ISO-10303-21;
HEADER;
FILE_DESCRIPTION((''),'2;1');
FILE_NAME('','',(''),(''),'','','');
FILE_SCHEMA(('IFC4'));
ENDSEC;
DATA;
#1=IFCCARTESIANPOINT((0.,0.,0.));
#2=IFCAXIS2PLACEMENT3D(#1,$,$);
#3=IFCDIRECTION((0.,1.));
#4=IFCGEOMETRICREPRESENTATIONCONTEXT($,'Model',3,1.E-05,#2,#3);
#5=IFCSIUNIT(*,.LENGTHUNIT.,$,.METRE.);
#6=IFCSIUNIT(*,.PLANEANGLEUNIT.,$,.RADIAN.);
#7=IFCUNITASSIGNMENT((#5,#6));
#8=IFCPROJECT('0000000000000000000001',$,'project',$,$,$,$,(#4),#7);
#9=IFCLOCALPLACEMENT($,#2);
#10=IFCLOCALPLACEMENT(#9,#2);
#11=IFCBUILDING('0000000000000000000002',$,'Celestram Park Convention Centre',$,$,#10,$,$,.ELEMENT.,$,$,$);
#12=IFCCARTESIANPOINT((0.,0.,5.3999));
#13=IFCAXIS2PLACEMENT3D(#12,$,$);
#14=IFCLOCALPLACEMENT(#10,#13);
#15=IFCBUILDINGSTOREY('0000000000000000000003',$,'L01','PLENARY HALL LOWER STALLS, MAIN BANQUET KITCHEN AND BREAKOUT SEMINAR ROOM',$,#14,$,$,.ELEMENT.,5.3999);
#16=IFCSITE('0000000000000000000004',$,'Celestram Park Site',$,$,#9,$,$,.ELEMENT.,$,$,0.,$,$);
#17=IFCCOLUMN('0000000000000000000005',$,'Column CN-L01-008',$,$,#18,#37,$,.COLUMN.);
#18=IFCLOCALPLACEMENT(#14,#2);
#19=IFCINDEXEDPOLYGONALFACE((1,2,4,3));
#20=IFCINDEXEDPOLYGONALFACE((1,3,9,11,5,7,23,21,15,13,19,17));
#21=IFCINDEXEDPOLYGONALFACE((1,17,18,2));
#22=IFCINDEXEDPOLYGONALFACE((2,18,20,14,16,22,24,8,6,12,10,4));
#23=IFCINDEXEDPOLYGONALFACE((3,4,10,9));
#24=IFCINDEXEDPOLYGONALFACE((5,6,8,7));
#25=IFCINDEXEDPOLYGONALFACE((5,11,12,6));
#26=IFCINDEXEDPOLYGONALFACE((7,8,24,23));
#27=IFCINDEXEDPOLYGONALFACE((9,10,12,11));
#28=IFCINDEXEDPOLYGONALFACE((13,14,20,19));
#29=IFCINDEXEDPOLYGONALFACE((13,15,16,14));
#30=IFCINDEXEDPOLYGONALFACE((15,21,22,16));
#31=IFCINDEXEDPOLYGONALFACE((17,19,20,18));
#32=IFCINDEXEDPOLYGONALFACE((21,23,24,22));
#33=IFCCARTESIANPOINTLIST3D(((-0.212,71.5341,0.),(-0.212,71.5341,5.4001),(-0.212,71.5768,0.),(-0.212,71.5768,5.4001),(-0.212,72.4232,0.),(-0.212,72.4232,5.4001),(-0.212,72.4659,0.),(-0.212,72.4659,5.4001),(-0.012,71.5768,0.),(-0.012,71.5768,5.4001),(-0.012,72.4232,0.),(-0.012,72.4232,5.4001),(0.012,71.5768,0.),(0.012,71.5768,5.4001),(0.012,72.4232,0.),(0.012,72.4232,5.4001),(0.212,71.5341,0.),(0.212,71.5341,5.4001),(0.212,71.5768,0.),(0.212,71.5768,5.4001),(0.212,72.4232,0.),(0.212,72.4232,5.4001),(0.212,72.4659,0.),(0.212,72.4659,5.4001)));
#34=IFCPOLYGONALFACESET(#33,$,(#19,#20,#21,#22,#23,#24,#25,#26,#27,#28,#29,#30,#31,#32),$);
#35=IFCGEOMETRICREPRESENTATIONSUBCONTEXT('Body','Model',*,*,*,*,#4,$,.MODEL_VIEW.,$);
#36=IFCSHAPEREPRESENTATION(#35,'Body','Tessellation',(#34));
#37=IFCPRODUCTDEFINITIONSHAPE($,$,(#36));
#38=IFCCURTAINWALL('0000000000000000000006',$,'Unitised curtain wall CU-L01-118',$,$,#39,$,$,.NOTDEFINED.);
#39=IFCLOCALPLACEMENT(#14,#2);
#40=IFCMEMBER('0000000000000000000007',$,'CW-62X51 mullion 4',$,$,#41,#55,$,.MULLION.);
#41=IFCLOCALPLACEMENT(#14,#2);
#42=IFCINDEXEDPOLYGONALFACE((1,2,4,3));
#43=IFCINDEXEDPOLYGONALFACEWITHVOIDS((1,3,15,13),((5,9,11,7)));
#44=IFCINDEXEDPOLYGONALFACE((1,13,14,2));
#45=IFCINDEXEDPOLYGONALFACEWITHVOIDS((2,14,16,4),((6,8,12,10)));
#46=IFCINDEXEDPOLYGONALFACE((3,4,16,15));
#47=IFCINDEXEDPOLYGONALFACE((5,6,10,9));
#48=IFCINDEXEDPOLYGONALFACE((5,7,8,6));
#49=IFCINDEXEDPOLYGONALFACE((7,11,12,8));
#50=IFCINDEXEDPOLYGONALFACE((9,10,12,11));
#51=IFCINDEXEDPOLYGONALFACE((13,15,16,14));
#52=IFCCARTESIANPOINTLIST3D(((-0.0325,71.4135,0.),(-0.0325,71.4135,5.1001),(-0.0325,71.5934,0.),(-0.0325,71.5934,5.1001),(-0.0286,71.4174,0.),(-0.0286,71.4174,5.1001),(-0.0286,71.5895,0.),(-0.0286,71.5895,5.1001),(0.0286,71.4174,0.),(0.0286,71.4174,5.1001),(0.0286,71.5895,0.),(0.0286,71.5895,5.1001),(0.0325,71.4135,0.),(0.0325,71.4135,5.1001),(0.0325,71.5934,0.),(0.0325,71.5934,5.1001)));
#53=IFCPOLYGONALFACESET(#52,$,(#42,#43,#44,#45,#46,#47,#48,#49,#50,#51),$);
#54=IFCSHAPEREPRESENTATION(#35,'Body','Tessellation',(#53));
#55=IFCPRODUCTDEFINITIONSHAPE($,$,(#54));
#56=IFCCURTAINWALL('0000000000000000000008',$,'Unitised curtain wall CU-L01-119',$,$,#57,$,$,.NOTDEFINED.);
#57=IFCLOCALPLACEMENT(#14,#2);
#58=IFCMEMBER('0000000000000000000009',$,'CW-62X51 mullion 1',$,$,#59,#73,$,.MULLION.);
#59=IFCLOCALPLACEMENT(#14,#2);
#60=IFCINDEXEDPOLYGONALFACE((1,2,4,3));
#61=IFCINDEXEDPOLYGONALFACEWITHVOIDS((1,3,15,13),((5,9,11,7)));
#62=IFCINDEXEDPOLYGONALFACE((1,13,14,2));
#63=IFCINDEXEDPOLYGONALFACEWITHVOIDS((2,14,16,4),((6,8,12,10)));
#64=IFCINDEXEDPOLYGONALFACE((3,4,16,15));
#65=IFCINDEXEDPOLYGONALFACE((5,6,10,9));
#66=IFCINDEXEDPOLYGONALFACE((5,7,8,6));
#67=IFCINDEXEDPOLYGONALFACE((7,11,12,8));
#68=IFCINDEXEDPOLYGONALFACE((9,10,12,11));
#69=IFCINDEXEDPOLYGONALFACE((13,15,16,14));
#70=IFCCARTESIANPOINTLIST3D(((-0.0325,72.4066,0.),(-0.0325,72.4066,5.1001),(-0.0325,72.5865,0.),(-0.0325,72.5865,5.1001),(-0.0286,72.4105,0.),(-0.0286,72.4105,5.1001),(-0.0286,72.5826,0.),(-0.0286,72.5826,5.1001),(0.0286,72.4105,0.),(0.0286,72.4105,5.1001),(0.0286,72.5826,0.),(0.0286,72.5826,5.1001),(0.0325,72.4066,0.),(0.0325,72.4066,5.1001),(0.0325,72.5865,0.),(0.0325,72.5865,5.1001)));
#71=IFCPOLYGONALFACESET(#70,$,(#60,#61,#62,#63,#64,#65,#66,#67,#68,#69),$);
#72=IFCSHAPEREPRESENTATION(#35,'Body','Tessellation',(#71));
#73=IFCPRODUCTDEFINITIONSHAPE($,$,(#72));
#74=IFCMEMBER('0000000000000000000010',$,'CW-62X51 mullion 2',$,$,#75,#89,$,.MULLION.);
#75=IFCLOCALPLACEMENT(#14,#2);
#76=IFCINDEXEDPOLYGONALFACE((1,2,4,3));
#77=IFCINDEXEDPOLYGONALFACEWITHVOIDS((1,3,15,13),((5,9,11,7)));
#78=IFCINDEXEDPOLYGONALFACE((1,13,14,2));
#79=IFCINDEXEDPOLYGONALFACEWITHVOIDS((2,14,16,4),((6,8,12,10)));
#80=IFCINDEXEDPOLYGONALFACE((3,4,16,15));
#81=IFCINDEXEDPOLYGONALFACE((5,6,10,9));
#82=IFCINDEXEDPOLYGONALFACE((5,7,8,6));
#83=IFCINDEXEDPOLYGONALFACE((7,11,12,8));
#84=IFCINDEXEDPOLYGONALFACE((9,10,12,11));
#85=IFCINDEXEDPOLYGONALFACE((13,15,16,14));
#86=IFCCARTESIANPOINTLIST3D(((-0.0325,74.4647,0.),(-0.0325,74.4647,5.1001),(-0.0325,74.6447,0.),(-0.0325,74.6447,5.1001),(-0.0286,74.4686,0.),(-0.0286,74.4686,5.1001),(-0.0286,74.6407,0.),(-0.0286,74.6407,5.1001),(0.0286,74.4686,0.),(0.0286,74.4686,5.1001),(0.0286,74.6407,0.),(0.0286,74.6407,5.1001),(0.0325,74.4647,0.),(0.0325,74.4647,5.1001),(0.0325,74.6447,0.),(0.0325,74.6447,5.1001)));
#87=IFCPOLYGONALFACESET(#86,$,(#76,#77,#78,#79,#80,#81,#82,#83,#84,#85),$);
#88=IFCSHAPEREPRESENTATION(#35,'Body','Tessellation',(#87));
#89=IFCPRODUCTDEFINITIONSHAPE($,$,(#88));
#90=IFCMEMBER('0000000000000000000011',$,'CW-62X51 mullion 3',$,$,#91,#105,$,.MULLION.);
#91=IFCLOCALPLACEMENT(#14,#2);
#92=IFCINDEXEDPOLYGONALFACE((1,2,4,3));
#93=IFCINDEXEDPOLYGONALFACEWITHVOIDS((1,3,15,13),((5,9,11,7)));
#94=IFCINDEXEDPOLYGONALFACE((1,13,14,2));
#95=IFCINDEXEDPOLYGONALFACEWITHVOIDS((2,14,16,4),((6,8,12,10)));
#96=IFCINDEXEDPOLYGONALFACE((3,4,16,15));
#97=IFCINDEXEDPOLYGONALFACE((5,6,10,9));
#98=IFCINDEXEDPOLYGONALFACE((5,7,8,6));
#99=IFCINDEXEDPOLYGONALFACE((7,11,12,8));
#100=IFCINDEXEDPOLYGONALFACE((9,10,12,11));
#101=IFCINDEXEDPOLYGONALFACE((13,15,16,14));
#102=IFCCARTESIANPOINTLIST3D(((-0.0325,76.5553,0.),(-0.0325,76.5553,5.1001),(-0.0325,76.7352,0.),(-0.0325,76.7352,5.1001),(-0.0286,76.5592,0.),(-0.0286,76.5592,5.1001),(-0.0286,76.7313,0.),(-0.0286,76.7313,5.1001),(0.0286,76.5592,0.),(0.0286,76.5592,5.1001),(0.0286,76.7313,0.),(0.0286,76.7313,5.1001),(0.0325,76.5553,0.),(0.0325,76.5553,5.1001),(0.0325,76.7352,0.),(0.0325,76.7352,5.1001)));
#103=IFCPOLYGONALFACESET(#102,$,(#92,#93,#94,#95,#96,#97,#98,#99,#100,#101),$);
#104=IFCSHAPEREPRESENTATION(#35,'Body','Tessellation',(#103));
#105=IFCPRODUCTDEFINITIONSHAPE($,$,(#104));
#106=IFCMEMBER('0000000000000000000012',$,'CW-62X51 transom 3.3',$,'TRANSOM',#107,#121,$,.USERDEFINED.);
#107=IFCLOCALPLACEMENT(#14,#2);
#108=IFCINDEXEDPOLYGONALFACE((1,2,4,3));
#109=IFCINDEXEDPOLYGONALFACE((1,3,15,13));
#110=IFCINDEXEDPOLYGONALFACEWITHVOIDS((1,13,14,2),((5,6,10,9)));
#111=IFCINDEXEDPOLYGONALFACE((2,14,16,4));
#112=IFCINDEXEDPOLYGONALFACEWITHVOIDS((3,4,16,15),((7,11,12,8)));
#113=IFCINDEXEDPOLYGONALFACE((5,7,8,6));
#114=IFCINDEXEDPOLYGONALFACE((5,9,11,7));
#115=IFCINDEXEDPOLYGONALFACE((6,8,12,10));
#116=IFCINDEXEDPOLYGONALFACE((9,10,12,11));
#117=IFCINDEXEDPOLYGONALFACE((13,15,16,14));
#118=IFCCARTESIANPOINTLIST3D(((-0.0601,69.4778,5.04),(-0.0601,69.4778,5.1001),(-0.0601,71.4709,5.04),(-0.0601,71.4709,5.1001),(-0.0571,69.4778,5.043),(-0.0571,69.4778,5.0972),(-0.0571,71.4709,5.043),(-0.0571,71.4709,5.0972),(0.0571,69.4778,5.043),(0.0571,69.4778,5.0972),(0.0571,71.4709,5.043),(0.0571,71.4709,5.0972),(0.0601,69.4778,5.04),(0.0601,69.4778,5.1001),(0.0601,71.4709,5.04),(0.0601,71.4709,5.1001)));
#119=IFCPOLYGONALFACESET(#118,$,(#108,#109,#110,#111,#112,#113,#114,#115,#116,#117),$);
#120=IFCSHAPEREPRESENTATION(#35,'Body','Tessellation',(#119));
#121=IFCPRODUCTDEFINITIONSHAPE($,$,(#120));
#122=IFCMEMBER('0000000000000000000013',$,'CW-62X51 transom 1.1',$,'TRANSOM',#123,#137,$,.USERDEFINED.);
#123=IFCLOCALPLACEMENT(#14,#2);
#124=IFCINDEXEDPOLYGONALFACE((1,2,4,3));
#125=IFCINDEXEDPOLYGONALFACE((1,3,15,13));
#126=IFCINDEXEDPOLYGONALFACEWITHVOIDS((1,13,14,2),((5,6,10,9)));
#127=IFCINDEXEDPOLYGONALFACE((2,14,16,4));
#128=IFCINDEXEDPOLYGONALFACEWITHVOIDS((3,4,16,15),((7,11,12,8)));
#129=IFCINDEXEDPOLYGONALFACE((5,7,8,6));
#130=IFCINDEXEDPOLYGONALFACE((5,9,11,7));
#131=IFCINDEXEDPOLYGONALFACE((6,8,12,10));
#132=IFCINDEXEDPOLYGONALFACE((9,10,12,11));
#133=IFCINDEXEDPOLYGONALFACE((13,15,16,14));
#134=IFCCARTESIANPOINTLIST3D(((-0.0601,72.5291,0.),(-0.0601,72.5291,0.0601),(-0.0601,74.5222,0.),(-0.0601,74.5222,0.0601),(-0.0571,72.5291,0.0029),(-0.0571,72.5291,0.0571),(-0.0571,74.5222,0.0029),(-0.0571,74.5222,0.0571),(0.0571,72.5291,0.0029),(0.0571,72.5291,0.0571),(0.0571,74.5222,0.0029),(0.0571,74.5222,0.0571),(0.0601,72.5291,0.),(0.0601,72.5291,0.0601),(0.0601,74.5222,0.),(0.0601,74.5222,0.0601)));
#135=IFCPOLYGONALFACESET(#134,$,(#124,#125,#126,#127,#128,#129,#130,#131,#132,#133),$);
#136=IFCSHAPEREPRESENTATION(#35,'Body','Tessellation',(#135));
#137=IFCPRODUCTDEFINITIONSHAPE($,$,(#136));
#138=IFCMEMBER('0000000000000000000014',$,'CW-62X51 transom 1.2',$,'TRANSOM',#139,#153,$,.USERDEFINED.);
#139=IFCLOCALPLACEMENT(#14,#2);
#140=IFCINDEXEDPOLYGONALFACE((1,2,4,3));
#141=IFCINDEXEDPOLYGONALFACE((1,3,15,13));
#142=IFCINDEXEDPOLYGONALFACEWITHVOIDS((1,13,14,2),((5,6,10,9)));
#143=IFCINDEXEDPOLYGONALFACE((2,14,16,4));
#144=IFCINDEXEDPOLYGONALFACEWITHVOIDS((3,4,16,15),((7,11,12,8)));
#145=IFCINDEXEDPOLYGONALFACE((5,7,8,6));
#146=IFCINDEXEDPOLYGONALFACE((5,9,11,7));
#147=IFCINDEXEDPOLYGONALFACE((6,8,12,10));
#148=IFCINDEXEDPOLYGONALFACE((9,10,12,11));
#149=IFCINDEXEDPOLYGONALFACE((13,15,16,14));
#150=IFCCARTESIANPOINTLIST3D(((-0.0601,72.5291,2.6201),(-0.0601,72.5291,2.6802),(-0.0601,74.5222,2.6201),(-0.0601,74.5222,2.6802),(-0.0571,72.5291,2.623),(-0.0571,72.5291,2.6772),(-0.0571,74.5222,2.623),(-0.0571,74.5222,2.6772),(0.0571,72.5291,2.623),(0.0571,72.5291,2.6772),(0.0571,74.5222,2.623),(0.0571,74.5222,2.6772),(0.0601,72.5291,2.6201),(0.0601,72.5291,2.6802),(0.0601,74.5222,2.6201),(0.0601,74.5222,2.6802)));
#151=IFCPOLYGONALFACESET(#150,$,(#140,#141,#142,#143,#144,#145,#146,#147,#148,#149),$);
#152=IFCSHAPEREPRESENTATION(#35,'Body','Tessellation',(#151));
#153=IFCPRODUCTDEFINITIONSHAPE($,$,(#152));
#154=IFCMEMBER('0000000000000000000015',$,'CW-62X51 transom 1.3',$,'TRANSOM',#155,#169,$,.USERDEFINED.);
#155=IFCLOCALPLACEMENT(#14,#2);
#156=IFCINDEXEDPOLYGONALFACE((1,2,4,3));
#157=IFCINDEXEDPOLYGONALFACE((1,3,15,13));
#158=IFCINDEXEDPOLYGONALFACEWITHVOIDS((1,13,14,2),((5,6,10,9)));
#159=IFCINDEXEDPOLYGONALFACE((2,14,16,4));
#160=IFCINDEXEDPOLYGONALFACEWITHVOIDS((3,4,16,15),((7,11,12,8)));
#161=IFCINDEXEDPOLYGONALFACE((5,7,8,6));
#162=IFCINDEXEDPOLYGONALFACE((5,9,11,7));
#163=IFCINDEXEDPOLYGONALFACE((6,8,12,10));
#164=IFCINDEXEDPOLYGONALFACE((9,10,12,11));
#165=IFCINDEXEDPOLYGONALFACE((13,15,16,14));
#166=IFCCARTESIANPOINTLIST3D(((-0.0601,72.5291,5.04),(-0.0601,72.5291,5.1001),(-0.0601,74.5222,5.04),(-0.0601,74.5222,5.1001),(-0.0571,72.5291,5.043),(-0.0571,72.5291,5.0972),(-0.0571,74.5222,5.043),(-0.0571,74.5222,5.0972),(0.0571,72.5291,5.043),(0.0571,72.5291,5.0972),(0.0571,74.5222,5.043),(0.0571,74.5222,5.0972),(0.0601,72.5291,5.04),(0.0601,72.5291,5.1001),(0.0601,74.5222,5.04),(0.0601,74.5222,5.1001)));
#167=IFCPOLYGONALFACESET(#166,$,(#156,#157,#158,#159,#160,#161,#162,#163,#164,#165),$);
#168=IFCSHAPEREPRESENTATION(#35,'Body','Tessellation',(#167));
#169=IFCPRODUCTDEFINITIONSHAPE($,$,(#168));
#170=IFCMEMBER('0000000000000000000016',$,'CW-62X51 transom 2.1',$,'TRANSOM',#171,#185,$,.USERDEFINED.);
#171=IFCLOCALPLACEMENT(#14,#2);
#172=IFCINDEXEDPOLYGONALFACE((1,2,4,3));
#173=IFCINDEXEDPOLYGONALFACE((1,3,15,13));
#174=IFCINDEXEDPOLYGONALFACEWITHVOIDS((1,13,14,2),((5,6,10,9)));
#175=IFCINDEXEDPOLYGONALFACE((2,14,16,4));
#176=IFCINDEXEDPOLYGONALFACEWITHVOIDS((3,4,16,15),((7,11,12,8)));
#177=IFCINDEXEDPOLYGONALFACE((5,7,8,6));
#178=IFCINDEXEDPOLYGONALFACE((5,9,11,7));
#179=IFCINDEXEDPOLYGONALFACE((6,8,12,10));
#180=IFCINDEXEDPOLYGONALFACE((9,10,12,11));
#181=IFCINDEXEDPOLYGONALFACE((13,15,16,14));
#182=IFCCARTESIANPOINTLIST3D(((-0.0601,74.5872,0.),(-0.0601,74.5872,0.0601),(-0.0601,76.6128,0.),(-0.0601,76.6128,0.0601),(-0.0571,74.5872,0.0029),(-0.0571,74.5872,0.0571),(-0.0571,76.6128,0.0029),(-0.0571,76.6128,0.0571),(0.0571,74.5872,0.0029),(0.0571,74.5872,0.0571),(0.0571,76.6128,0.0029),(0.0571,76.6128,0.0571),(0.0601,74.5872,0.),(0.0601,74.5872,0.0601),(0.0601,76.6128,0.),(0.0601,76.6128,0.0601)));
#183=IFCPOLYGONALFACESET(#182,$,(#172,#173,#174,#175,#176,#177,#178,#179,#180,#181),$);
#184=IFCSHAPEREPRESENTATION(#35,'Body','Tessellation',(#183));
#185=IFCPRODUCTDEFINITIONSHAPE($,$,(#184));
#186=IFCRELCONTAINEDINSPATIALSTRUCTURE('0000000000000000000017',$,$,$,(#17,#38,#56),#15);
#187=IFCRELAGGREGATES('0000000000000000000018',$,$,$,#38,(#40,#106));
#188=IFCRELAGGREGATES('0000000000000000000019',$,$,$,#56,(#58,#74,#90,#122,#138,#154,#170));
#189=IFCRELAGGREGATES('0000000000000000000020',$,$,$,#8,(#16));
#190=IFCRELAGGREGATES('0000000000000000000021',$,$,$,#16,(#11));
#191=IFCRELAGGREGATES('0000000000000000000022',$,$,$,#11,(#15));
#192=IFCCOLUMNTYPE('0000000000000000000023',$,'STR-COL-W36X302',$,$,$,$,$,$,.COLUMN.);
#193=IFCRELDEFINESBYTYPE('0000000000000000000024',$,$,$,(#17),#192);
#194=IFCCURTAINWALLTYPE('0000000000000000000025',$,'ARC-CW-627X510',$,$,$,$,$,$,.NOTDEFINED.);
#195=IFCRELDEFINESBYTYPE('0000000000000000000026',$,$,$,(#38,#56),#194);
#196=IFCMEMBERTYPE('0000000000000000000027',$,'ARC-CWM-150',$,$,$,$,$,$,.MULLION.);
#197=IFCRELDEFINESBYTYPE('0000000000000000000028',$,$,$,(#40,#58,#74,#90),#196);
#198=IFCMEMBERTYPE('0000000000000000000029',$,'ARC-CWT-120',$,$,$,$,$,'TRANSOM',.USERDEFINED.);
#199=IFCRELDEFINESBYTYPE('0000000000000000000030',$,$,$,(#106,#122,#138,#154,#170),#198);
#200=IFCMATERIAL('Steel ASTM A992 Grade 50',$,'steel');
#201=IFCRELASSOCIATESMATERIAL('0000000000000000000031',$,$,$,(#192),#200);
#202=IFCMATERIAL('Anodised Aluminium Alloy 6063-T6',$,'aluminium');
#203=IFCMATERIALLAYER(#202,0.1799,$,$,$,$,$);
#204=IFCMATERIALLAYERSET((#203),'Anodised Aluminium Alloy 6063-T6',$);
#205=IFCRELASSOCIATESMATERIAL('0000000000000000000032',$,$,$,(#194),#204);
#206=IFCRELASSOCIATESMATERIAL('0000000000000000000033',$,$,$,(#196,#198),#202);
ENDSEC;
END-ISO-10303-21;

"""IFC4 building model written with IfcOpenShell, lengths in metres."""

from ifc_helpers import new_model, si_unit, direction, frame, origin, origin_2d, place, context, subcontext, project, spatial, hollow_rectangle, i_section, extrude, material, layer, layer_set, material_profile, profile_set, type_object, element, aggregate, save


model = new_model("IFC4")

# Units and contexts
model_context = context("Model", 3, precision=1e-05, world=origin(), true_north=direction((0.0, 1.0)))
body_context = subcontext(model_context, "Body", "Model", "MODEL_VIEW")
ifc_project = project(units=[si_unit("LENGTHUNIT", "METRE"), si_unit("PLANEANGLEUNIT", "RADIAN")], contexts=[model_context])

# Site, building, storey
site_placement = place(None, origin())
site = spatial("IfcSite", under=ifc_project, at=site_placement, Name="Celestram Park Site", CompositionType="ELEMENT", RefElevation=0.0)
building_placement = place(site_placement, origin())
building = spatial("IfcBuilding", under=site, at=building_placement, Name="Celestram Park Convention Centre", CompositionType="ELEMENT")
storey_placement = place(building_placement, frame((0.0, 0.0, 5.3999)))
storey = spatial("IfcBuildingStorey", under=building, at=storey_placement, Name="L01", Description="PLENARY HALL LOWER STALLS, MAIN BANQUET KITCHEN AND BREAKOUT SEMINAR ROOM", CompositionType="ELEMENT", Elevation=5.3999)

# Column
ifc_material_1 = material(Name="Steel ASTM A992 Grade 50", Category="steel")
ifc_material_profile_1 = material_profile(ifc_material_1, i_section(OverallWidth=0.4241, OverallDepth=0.9319, WebThickness=0.0239, FlangeThickness=0.0427, at=origin_2d()), Name="W36X302")
ifc_profile_set_1 = profile_set([ifc_material_profile_1], Name="Steel ASTM A992 Grade 50")
column_type = type_object("IfcColumnType", Name="STR-COL-W36X302", PredefinedType="COLUMN", material=ifc_profile_set_1)
column_placement = place(storey_placement, frame((0.0, 72.0, 0.0), z_axis=(0.0, 0.0, 1.0), x_axis=(1.0, 0.0, 0.0)))
element("IfcColumn", 1, at=column_placement, inside=storey, type_object=column_type, Name="Column CN-L01-008", PredefinedType="COLUMN", context=body_context, shape_type="SweptSolid", body=[
    extrude(i_section(OverallWidth=0.4241, OverallDepth=0.9319, WebThickness=0.0239, FlangeThickness=0.0427, at=origin_2d()), origin(), (0.0, 0.0, 1.0), 5.4001),
])

# Curtain wall, member
ifc_material_2 = material(Name="Anodised Aluminium Alloy 6063-T6", Category="aluminium")
ifc_layer_1 = layer(ifc_material_2, 0.1799)
ifc_layer_set_1 = layer_set([ifc_layer_1], Name="Anodised Aluminium Alloy 6063-T6")
curtain_wall_type = type_object("IfcCurtainWallType", Name="ARC-CW-627X510", PredefinedType="NOTDEFINED", material=ifc_layer_set_1)
curtain_wall_1_placement = place(storey_placement, origin())
curtain_wall_1 = element("IfcCurtainWall", 2, at=curtain_wall_1_placement, inside=storey, type_object=curtain_wall_type, Name="Unitised curtain wall CU-L01-118", PredefinedType="NOTDEFINED")
ifc_material_profile_2 = material_profile(ifc_material_2, hollow_rectangle(XDim=0.0649, YDim=0.1799, WallThickness=0.0039, at=origin_2d()), Name="ALU65X180X4")
ifc_profile_set_2 = profile_set([ifc_material_profile_2], Name="Anodised Aluminium Alloy 6063-T6")
member_type_1 = type_object("IfcMemberType", Name="ARC-CWM-150", PredefinedType="MULLION", material=ifc_profile_set_2)
member_1_placement = place(storey_placement, frame((0.0, 71.5034, 0.0), z_axis=(0.0, 0.0, 1.0), x_axis=(-1.0, 0.0, 0.0)))
member_1 = element("IfcMember", 3, at=member_1_placement, type_object=member_type_1, Name="CW-62X51 mullion 4", PredefinedType="MULLION", context=body_context, shape_type="SweptSolid", body=[
    extrude(hollow_rectangle(XDim=0.0649, YDim=0.1799, WallThickness=0.0039, at=origin_2d()), origin(), (0.0, 0.0, 1.0), 5.1001),
])

# Curtain wall, members
curtain_wall_2_placement = place(storey_placement, origin())
curtain_wall_2 = element("IfcCurtainWall", 4, at=curtain_wall_2_placement, inside=storey, type_object=curtain_wall_type, Name="Unitised curtain wall CU-L01-119", PredefinedType="NOTDEFINED")
member_2_placement = place(storey_placement, frame((0.0, 72.4966, 0.0), z_axis=(0.0, 0.0, 1.0), x_axis=(-1.0, 0.0, 0.0)))
member_2 = element("IfcMember", 5, at=member_2_placement, type_object=member_type_1, Name="CW-62X51 mullion 1", PredefinedType="MULLION", context=body_context, shape_type="SweptSolid", body=[
    extrude(hollow_rectangle(XDim=0.0649, YDim=0.1799, WallThickness=0.0039, at=origin_2d()), origin(), (0.0, 0.0, 1.0), 5.1001),
])
member_3_placement = place(storey_placement, frame((0.0, 74.5547, 0.0), z_axis=(0.0, 0.0, 1.0), x_axis=(-1.0, 0.0, 0.0)))
member_3 = element("IfcMember", 6, at=member_3_placement, type_object=member_type_1, Name="CW-62X51 mullion 2", PredefinedType="MULLION", context=body_context, shape_type="SweptSolid", body=[
    extrude(hollow_rectangle(XDim=0.0649, YDim=0.1799, WallThickness=0.0039, at=origin_2d()), origin(), (0.0, 0.0, 1.0), 5.1001),
])
member_4_placement = place(storey_placement, frame((0.0, 76.6453, 0.0), z_axis=(0.0, 0.0, 1.0), x_axis=(-1.0, 0.0, 0.0)))
member_4 = element("IfcMember", 7, at=member_4_placement, type_object=member_type_1, Name="CW-62X51 mullion 3", PredefinedType="MULLION", context=body_context, shape_type="SweptSolid", body=[
    extrude(hollow_rectangle(XDim=0.0649, YDim=0.1799, WallThickness=0.0039, at=origin_2d()), origin(), (0.0, 0.0, 1.0), 5.1001),
])

# Members
ifc_material_profile_3 = material_profile(ifc_material_2, hollow_rectangle(XDim=0.1201, YDim=0.0601, WallThickness=0.0029, at=origin_2d()), Name="ALU120X60X3")
ifc_profile_set_3 = profile_set([ifc_material_profile_3], Name="Anodised Aluminium Alloy 6063-T6")
member_type_2 = type_object("IfcMemberType", Name="ARC-CWT-120", ElementType="TRANSOM", PredefinedType="USERDEFINED", material=ifc_profile_set_3)
member_5_placement = place(storey_placement, frame((0.0, 69.4778, 5.0701), z_axis=(0.0, 1.0, 0.0), x_axis=(-1.0, 0.0, 0.0)))
member_5 = element("IfcMember", 8, at=member_5_placement, type_object=member_type_2, Name="CW-62X51 transom 3.3", ObjectType="TRANSOM", PredefinedType="USERDEFINED", context=body_context, shape_type="SweptSolid", body=[
    extrude(hollow_rectangle(XDim=0.1201, YDim=0.0601, WallThickness=0.0029, at=origin_2d()), origin(), (0.0, 0.0, 1.0), 1.9932),
])
member_6_placement = place(storey_placement, frame((0.0, 72.5291, 0.03), z_axis=(0.0, 1.0, 0.0), x_axis=(-1.0, 0.0, 0.0)))
member_6 = element("IfcMember", 9, at=member_6_placement, type_object=member_type_2, Name="CW-62X51 transom 1.1", ObjectType="TRANSOM", PredefinedType="USERDEFINED", context=body_context, shape_type="SweptSolid", body=[
    extrude(hollow_rectangle(XDim=0.1201, YDim=0.0601, WallThickness=0.0029, at=origin_2d()), origin(), (0.0, 0.0, 1.0), 1.9932),
])
member_7_placement = place(storey_placement, frame((0.0, 72.5291, 2.6501), z_axis=(0.0, 1.0, 0.0), x_axis=(-1.0, 0.0, 0.0)))
member_7 = element("IfcMember", 10, at=member_7_placement, type_object=member_type_2, Name="CW-62X51 transom 1.2", ObjectType="TRANSOM", PredefinedType="USERDEFINED", context=body_context, shape_type="SweptSolid", body=[
    extrude(hollow_rectangle(XDim=0.1201, YDim=0.0601, WallThickness=0.0029, at=origin_2d()), origin(), (0.0, 0.0, 1.0), 1.9932),
])
member_8_placement = place(storey_placement, frame((0.0, 72.5291, 5.0701), z_axis=(0.0, 1.0, 0.0), x_axis=(-1.0, 0.0, 0.0)))
member_8 = element("IfcMember", 11, at=member_8_placement, type_object=member_type_2, Name="CW-62X51 transom 1.3", ObjectType="TRANSOM", PredefinedType="USERDEFINED", context=body_context, shape_type="SweptSolid", body=[
    extrude(hollow_rectangle(XDim=0.1201, YDim=0.0601, WallThickness=0.0029, at=origin_2d()), origin(), (0.0, 0.0, 1.0), 1.9932),
])
member_9_placement = place(storey_placement, frame((0.0, 74.5872, 0.03), z_axis=(0.0, 1.0, 0.0), x_axis=(-1.0, 0.0, 0.0)))
member_9 = element("IfcMember", 12, at=member_9_placement, type_object=member_type_2, Name="CW-62X51 transom 2.1", ObjectType="TRANSOM", PredefinedType="USERDEFINED", context=body_context, shape_type="SweptSolid", body=[
    extrude(hollow_rectangle(XDim=0.1201, YDim=0.0601, WallThickness=0.0029, at=origin_2d()), origin(), (0.0, 0.0, 1.0), 2.0256),
])

aggregate(curtain_wall_1, [member_1, member_5])
aggregate(curtain_wall_2, [member_2, member_3, member_4, member_6, member_7, member_8, member_9])

save(model, "model.ifc")
